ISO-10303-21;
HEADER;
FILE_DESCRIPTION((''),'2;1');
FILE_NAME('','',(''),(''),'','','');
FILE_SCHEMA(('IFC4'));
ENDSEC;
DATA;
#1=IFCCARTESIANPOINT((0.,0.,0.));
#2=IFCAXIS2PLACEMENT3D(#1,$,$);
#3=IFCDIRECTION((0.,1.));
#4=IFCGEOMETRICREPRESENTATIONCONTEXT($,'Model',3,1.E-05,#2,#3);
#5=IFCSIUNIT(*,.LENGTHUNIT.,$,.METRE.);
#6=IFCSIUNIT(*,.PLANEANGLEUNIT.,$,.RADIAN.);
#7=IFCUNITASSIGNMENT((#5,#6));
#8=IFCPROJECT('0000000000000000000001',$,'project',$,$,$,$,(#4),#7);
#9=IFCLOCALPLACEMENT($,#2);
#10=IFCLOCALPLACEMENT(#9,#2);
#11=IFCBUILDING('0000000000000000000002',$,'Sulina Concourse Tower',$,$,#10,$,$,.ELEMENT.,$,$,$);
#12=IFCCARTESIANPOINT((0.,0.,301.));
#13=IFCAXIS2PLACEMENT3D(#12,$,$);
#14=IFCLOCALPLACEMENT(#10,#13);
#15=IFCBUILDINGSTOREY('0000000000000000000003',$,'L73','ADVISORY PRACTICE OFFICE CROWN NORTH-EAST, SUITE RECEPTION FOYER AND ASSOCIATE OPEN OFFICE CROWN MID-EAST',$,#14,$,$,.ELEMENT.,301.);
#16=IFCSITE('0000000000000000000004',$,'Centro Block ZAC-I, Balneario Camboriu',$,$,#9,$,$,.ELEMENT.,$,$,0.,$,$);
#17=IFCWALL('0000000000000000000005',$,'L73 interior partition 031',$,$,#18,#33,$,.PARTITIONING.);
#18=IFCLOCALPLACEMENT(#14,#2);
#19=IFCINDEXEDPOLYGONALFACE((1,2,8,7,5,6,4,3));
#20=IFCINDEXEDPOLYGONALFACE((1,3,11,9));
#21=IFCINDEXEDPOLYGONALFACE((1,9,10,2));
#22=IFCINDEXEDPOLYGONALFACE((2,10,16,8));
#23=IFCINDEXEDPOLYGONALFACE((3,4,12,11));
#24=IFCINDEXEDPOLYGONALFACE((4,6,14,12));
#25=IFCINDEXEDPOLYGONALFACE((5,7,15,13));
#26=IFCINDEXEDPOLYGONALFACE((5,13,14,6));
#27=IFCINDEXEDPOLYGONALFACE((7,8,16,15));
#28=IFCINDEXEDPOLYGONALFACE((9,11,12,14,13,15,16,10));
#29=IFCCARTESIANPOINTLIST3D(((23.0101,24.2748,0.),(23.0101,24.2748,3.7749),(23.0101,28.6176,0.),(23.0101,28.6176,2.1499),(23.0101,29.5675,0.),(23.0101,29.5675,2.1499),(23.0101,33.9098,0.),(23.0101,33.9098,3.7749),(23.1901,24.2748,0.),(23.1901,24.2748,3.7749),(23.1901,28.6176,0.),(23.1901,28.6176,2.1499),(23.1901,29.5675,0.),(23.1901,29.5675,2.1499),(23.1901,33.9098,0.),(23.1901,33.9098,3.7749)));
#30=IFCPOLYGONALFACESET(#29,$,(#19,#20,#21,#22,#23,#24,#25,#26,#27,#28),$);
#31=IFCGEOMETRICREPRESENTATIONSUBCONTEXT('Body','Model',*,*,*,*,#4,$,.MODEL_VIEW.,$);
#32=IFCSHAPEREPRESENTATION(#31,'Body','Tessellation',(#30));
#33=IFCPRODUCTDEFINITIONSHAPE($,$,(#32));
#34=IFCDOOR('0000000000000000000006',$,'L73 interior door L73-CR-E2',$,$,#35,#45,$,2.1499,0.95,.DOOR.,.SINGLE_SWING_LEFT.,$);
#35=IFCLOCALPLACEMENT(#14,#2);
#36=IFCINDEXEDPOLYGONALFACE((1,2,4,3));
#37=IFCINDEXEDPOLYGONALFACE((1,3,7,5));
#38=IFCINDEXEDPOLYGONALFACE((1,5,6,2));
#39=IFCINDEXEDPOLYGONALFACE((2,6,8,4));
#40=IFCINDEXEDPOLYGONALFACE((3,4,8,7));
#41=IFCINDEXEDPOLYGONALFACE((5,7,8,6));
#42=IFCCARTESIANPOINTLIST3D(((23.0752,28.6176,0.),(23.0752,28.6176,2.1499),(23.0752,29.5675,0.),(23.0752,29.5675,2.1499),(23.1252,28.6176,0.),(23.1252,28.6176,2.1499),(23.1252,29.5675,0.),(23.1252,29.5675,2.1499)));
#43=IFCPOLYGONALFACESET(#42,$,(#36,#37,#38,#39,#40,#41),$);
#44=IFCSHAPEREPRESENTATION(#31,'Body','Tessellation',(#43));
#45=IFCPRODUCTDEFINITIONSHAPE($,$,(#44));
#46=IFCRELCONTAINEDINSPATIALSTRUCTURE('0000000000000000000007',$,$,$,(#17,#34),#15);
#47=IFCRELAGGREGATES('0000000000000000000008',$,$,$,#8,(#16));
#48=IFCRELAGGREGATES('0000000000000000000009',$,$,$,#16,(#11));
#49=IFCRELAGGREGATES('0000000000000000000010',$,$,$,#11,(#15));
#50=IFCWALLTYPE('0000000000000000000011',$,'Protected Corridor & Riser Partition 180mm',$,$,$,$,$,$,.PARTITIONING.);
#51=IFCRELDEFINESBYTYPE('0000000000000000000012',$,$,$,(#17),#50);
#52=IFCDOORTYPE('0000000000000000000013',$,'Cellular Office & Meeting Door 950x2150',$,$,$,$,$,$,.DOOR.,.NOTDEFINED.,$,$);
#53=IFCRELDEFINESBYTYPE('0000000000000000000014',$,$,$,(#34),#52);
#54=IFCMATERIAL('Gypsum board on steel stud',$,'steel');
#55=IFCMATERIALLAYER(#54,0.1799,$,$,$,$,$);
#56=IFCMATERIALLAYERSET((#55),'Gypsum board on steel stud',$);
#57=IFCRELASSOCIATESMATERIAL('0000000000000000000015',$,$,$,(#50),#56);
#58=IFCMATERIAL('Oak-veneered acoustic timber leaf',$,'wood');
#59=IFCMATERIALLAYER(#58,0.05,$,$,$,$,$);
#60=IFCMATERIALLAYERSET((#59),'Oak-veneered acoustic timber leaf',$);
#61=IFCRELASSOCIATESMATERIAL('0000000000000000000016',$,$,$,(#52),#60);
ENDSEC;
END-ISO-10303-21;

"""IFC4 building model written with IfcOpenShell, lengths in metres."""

from ifc_helpers import new_model, si_unit, direction, frame, frame_2d, origin, place, context, subcontext, project, spatial, rectangle, extrude, material, layer, layer_set, type_object, element, fill, save


model = new_model("IFC4")

# Units and contexts
model_context = context("Model", 3, precision=1e-05, world=origin(), true_north=direction((0.0, 1.0)))
body_context = subcontext(model_context, "Body", "Model", "MODEL_VIEW")
ifc_project = project(units=[si_unit("LENGTHUNIT", "METRE"), si_unit("PLANEANGLEUNIT", "RADIAN")], contexts=[model_context])

# Site, building, storey
site_placement = place(None, origin())
site = spatial("IfcSite", under=ifc_project, at=site_placement, Name="Centro Block ZAC-I, Balneario Camboriu", CompositionType="ELEMENT", RefElevation=0.0)
building_placement = place(site_placement, origin())
building = spatial("IfcBuilding", under=site, at=building_placement, Name="Sulina Concourse Tower", CompositionType="ELEMENT")
storey_placement = place(building_placement, frame((0.0, 0.0, 301.0)))
storey = spatial("IfcBuildingStorey", under=building, at=storey_placement, Name="L73", Description="ADVISORY PRACTICE OFFICE CROWN NORTH-EAST, SUITE RECEPTION FOYER AND ASSOCIATE OPEN OFFICE CROWN MID-EAST", CompositionType="ELEMENT", Elevation=301.0)

# Shared definitions
ifc_material_1 = material(Name="Gypsum board on steel stud", Category="steel")
ifc_layer_1 = layer(ifc_material_1, 0.1799)
ifc_layer_set_1 = layer_set([ifc_layer_1], Name="Gypsum board on steel stud")
wall_type_1 = type_object("IfcWallType", Name="Protected Corridor & Riser Partition 180mm", PredefinedType="PARTITIONING", material=ifc_layer_set_1)
ifc_material_2 = material(Name="Oak-veneered acoustic timber leaf", Category="wood")
ifc_layer_2 = layer(ifc_material_2, 0.05)
ifc_layer_set_2 = layer_set([ifc_layer_2], Name="Oak-veneered acoustic timber leaf")
door_type_1 = type_object("IfcDoorType", Name="Cellular Office & Meeting Door 950x2150", OperationType="NOTDEFINED", PredefinedType="DOOR", material=ifc_layer_set_2)

# Wall, opening, door
wall_1_placement = place(storey_placement, frame((23.1001, 24.2749, 0.0), z_axis=(0.0, 0.0, 1.0), x_axis=(0.0, 1.0, 0.0)))
wall_1 = element("IfcWall", 1, at=wall_1_placement, inside=storey, type_object=wall_type_1, Name="L73 interior partition 031", PredefinedType="PARTITIONING", context=body_context, shape_type="SweptSolid", body=[
    extrude(rectangle(XDim=9.635, YDim=0.1799, at=frame_2d((4.8174, 0.0))), origin(), (0.0, 0.0, 1.0), 3.7749),
])
opening_1_placement = place(wall_1_placement, frame((4.3425, 0.0, 0.0)))
opening_1 = element("IfcOpeningElement", 2, at=opening_1_placement, cuts=wall_1, PredefinedType="OPENING", context=body_context, shape_type="SweptSolid", body=[
    extrude(rectangle(XDim=0.95, YDim=2.1499, at=frame_2d((0.4751, 1.075))), frame((0.0, 0.0999, 0.0), z_axis=(0.0, -1.0, 0.0), x_axis=(1.0, 0.0, 0.0)), (0.0, 0.0, 1.0), 0.2),
])
door_1_placement = place(opening_1_placement, origin())
door_1 = element("IfcDoor", 3, at=door_1_placement, inside=storey, type_object=door_type_1, Name="L73 interior door L73-CR-E2", OperationType="SINGLE_SWING_LEFT", OverallHeight=2.1499, OverallWidth=0.95, PredefinedType="DOOR", context=body_context, shape_type="SweptSolid", body=[
    extrude(rectangle(XDim=0.95, YDim=2.1499, at=frame_2d((0.4751, 1.075))), frame((0.0, 0.0249, 0.0), z_axis=(0.0, -1.0, 0.0), x_axis=(1.0, 0.0, 0.0)), (0.0, 0.0, 1.0), 0.05),
])
fill(opening_1, door_1)

save(model, "model.ifc")
